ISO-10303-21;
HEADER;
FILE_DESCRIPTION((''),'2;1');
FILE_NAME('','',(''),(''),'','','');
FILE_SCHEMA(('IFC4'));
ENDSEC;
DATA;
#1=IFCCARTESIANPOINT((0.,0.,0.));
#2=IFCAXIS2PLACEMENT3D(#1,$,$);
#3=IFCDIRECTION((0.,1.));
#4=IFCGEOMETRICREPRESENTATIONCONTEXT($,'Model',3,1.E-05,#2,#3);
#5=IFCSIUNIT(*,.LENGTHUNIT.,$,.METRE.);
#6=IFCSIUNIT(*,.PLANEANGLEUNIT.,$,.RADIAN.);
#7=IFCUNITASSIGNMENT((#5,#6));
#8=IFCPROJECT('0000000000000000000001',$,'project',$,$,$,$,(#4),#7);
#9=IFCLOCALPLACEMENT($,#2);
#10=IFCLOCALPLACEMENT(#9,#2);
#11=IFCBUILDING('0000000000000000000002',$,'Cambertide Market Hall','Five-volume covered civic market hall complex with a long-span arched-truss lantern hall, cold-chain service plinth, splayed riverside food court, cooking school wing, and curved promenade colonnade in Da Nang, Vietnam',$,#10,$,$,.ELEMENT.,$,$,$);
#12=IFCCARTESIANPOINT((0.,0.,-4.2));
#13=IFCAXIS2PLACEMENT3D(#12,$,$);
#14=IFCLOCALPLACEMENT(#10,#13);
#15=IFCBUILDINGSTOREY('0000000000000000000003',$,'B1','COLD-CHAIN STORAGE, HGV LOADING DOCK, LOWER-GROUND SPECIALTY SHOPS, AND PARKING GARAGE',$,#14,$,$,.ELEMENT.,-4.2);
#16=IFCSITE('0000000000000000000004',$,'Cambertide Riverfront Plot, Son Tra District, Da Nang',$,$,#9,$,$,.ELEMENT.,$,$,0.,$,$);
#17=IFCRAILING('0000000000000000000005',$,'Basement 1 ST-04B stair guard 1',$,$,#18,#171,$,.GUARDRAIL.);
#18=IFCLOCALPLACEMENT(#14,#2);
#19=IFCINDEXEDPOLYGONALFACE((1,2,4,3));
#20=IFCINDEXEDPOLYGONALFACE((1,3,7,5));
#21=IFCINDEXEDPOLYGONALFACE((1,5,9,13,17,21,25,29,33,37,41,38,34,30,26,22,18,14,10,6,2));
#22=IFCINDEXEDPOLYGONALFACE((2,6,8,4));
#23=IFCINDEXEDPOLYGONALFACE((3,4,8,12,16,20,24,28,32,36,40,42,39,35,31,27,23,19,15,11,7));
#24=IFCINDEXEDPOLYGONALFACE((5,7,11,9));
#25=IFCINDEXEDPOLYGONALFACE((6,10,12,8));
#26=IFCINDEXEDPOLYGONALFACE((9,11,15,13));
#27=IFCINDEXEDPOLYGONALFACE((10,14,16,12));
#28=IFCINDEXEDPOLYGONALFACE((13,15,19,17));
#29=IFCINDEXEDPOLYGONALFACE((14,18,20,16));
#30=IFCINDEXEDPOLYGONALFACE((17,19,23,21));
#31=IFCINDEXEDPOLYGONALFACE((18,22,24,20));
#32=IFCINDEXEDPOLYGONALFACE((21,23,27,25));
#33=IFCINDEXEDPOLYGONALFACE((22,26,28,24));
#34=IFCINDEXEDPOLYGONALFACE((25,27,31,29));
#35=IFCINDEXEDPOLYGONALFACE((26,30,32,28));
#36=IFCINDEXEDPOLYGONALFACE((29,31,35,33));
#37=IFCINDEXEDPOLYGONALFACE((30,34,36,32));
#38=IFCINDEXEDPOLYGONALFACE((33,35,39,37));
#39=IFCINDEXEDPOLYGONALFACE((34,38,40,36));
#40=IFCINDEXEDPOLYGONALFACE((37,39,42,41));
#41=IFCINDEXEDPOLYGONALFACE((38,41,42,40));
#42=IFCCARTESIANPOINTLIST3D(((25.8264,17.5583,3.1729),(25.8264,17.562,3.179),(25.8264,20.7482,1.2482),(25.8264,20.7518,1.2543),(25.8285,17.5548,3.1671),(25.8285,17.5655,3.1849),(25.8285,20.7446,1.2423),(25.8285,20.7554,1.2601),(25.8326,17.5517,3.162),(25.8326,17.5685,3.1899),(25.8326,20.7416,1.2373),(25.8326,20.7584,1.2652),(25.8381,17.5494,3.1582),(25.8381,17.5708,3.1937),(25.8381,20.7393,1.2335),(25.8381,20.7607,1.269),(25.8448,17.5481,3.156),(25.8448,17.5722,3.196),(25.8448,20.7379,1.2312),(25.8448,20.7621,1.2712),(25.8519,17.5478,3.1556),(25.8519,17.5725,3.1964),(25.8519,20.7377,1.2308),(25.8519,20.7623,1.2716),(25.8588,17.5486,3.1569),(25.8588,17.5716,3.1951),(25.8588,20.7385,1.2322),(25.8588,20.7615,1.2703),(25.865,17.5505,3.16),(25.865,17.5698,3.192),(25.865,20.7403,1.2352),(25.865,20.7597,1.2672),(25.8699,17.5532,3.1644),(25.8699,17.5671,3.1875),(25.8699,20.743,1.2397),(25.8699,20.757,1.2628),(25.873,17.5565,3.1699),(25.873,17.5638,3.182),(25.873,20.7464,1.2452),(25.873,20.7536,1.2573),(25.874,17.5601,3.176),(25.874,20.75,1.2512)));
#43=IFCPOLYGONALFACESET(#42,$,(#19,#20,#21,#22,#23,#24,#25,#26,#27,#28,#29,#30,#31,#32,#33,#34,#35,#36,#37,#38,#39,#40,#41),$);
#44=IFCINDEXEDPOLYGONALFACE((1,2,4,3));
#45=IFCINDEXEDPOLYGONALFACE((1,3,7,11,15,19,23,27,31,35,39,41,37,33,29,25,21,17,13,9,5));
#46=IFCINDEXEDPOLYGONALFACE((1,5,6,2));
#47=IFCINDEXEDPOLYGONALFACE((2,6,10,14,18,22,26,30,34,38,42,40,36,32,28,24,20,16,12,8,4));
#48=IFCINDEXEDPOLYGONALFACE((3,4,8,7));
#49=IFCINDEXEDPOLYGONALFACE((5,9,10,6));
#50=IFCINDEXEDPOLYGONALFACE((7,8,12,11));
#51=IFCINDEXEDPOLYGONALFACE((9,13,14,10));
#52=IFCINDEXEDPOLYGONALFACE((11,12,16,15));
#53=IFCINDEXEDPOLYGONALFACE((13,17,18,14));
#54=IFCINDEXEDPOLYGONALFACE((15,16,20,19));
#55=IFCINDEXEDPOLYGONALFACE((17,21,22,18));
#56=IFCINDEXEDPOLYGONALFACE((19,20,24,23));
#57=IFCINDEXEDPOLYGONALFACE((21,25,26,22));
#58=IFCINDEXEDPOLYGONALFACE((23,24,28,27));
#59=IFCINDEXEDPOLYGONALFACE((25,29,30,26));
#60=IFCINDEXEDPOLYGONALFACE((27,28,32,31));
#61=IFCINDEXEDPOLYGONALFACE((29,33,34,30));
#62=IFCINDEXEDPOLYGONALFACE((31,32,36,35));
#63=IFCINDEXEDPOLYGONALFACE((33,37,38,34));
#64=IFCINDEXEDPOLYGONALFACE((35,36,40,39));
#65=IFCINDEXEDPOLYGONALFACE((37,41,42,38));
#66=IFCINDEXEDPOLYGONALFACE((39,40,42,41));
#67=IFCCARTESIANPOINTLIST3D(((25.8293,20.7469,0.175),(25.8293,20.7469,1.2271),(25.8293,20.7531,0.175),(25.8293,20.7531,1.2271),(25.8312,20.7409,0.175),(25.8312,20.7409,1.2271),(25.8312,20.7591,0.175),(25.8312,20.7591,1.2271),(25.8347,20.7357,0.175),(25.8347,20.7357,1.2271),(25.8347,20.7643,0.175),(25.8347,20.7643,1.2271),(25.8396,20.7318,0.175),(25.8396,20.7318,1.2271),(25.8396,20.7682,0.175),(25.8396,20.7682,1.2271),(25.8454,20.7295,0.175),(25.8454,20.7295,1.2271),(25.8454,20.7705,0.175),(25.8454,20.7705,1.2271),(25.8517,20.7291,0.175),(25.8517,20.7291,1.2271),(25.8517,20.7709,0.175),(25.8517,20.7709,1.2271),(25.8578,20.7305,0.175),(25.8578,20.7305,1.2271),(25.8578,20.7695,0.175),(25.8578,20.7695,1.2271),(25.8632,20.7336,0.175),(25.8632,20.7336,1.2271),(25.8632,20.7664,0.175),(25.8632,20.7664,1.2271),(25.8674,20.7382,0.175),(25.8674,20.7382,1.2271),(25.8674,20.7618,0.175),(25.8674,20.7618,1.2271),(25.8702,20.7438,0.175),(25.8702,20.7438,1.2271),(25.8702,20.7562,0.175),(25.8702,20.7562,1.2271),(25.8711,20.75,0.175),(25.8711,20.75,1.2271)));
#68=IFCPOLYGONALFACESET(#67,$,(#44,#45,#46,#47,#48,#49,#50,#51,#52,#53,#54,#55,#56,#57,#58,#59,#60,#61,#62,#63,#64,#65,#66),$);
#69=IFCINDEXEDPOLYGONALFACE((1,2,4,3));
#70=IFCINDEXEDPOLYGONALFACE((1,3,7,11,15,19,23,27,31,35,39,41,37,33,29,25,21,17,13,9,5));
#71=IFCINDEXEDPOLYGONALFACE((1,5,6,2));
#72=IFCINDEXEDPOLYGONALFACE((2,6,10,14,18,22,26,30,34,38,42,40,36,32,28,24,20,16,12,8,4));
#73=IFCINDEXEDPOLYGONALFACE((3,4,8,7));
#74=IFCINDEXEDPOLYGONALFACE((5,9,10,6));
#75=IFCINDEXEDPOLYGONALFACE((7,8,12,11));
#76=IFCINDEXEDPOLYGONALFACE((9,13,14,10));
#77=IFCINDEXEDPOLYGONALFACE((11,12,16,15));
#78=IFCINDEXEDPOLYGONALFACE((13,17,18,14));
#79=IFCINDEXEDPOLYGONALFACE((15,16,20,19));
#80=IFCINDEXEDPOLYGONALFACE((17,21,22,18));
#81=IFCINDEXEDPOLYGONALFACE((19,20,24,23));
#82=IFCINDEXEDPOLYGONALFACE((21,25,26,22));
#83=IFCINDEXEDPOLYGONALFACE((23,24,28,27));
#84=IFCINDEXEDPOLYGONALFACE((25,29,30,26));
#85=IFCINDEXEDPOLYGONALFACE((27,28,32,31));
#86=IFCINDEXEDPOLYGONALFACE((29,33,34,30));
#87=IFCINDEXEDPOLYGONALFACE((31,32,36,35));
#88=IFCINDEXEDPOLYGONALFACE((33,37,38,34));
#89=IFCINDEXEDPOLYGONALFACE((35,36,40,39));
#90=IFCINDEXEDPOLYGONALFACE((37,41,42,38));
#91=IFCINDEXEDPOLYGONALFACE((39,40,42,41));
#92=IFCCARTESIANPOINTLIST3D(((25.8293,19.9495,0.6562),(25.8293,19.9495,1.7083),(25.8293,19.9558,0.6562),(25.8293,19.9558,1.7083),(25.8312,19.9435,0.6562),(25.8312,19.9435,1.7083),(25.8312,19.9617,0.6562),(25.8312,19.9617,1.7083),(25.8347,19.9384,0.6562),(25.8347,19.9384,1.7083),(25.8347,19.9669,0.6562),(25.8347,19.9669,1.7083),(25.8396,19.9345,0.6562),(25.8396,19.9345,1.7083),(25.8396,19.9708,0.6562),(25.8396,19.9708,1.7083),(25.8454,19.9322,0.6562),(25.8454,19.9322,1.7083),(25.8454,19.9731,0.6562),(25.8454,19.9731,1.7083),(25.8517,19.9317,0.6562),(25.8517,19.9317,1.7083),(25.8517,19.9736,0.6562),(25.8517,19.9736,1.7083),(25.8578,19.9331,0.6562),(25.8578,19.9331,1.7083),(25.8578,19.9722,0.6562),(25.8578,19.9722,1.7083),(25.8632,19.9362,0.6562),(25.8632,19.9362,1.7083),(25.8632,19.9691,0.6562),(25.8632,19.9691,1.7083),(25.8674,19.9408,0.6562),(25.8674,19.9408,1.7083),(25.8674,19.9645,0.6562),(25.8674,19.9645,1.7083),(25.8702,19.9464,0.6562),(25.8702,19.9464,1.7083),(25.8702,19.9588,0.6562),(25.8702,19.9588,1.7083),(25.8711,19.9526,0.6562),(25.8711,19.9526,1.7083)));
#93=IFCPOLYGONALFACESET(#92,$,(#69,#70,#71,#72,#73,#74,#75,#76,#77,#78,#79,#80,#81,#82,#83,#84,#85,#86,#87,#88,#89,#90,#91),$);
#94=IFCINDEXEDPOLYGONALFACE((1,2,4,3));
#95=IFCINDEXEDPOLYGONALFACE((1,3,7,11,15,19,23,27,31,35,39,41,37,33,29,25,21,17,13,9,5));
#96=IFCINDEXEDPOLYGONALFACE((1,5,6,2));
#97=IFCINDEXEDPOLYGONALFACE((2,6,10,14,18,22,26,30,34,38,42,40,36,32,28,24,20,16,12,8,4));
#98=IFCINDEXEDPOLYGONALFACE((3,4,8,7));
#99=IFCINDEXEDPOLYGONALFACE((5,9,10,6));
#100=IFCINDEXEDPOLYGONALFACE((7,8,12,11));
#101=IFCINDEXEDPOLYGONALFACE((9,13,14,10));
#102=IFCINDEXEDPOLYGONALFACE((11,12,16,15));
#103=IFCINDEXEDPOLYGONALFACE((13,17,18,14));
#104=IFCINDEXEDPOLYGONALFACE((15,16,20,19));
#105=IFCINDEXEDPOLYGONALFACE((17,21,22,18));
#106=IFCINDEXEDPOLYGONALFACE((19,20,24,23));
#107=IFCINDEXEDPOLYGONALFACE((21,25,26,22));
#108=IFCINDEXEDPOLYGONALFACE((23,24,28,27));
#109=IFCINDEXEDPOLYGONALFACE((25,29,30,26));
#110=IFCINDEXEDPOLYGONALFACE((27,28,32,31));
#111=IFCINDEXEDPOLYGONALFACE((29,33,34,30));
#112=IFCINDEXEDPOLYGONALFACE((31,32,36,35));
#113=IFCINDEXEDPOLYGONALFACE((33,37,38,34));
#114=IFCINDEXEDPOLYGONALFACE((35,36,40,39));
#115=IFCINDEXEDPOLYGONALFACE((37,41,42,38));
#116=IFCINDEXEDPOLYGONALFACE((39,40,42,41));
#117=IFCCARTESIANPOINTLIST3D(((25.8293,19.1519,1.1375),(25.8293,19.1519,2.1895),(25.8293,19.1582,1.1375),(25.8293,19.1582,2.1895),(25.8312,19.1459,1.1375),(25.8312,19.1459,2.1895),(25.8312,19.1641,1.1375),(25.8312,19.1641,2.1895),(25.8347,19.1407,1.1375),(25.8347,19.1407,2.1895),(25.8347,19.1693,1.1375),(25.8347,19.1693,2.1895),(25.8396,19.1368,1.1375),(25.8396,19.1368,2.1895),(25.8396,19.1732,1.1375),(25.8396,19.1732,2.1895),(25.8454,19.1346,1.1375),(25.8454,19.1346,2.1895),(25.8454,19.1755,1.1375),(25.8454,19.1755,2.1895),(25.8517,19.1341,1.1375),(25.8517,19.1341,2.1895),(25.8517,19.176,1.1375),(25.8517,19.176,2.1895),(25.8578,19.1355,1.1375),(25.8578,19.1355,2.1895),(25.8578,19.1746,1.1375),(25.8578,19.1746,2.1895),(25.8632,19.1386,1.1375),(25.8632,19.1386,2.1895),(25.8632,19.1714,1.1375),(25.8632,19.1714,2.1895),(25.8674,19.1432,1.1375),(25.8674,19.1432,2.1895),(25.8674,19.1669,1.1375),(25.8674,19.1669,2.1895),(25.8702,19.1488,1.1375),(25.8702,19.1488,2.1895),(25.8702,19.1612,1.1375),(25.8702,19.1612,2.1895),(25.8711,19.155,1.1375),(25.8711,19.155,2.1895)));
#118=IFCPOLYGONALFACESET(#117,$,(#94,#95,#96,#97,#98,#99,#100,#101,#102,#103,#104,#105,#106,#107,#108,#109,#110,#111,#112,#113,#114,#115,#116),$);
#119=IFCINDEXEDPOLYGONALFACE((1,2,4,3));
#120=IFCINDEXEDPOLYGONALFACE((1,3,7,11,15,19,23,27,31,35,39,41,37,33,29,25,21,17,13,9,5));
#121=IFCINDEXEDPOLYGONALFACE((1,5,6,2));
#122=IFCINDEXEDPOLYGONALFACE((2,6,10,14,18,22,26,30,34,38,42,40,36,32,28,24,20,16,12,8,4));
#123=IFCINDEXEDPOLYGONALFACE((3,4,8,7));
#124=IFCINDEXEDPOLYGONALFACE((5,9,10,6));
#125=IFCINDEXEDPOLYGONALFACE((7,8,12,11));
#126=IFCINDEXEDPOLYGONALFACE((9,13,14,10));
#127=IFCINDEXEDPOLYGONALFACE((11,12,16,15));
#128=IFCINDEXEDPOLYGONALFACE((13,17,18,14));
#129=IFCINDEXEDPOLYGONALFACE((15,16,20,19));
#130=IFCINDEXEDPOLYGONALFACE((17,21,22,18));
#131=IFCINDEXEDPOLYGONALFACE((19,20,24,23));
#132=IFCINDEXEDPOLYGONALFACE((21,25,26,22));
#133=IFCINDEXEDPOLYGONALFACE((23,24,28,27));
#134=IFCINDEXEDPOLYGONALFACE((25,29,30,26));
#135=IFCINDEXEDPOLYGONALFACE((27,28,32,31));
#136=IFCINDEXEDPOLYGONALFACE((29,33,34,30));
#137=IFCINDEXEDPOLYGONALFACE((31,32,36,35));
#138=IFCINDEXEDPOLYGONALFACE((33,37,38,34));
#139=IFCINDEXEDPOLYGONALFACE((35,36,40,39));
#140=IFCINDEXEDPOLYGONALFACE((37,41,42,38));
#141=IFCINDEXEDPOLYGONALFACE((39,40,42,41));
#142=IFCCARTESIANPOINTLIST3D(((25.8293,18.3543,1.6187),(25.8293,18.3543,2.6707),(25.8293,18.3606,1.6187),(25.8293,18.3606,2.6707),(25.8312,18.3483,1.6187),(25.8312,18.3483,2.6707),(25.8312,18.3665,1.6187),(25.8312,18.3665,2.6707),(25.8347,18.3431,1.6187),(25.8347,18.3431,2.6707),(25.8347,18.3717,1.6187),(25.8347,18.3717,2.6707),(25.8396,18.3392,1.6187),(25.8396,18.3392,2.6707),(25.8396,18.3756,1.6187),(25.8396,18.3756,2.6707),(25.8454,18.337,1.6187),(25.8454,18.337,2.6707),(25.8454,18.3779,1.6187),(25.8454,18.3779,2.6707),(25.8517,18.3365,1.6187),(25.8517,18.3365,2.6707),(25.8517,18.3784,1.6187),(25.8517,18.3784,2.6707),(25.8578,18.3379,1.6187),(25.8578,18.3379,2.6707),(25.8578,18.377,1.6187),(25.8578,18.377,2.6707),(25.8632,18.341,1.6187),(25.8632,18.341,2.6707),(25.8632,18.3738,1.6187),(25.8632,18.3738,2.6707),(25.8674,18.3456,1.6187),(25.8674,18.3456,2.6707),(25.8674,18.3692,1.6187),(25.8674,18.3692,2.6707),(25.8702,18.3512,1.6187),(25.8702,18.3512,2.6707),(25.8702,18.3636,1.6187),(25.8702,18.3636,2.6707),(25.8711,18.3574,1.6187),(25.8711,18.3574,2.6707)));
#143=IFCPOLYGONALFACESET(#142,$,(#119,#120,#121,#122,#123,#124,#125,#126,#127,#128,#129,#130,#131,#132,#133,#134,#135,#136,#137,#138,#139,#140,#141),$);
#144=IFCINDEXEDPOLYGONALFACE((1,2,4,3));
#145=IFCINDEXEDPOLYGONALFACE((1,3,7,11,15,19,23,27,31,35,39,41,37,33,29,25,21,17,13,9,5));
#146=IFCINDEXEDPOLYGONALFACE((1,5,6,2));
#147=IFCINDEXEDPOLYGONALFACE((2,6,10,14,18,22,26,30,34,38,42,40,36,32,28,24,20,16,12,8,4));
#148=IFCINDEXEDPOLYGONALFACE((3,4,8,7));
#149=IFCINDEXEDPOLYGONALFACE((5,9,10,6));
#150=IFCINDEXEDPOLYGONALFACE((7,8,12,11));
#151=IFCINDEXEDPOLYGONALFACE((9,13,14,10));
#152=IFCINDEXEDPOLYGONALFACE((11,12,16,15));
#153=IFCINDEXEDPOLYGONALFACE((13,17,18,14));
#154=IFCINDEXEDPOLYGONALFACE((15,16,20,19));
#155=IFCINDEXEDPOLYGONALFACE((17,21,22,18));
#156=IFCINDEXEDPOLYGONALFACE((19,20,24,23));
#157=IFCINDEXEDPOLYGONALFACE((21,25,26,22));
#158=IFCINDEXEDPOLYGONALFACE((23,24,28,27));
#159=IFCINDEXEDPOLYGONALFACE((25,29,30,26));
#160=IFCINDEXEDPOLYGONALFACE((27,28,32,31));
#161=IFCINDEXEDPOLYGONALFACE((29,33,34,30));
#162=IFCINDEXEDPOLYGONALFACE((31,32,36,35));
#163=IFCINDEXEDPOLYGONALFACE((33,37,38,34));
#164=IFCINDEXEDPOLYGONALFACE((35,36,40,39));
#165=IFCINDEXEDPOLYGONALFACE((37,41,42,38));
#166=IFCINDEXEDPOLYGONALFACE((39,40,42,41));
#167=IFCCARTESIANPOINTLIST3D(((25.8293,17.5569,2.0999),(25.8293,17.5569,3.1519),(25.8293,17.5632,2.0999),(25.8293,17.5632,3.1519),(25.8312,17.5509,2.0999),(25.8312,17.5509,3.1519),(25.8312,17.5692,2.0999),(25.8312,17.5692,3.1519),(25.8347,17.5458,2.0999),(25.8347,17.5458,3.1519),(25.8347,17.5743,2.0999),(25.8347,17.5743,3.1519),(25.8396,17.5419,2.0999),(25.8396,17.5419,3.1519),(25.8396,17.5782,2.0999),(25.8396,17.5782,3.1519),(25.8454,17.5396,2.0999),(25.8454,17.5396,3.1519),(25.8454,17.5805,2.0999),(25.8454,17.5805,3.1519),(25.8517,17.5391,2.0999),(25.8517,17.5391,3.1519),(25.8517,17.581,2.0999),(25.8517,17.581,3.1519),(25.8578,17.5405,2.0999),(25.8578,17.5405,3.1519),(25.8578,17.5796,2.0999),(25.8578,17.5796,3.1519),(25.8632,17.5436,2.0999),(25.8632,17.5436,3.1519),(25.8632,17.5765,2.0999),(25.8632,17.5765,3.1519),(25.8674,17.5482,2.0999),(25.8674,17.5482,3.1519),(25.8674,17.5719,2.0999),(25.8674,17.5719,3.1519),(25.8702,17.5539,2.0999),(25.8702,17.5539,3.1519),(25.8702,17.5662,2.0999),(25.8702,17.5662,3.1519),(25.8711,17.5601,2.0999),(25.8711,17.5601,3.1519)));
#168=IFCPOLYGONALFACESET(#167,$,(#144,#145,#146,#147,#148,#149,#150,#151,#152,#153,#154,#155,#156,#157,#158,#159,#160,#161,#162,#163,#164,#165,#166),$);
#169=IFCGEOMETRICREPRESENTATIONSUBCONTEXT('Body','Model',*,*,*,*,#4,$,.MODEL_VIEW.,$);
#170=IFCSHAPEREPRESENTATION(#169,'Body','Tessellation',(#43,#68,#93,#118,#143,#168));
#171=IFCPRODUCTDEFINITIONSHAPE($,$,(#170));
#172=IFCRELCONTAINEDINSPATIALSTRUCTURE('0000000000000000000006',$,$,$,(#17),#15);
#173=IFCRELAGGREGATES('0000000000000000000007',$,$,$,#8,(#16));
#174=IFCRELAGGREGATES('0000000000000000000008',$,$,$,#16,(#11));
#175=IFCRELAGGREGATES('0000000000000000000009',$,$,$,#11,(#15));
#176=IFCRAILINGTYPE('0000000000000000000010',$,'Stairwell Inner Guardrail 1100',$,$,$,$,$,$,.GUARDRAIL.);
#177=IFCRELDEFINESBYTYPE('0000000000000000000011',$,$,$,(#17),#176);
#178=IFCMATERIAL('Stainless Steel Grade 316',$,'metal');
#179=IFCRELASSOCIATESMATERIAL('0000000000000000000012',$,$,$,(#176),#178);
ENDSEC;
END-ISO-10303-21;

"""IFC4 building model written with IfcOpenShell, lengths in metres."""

from ifc_helpers import new_model, si_unit, direction, frame, origin, origin_2d, place, context, subcontext, project, spatial, circle, extrude, material, type_object, element, save


model = new_model("IFC4")

# Units and contexts
model_context = context("Model", 3, precision=1e-05, world=origin(), true_north=direction((0.0, 1.0)))
body_context = subcontext(model_context, "Body", "Model", "MODEL_VIEW")
ifc_project = project(units=[si_unit("LENGTHUNIT", "METRE"), si_unit("PLANEANGLEUNIT", "RADIAN")], contexts=[model_context])

# Site, building, storey
site_placement = place(None, origin())
site = spatial("IfcSite", under=ifc_project, at=site_placement, Name="Cambertide Riverfront Plot, Son Tra District, Da Nang", CompositionType="ELEMENT", RefElevation=0.0)
building_placement = place(site_placement, origin())
building = spatial("IfcBuilding", under=site, at=building_placement, Name="Cambertide Market Hall", Description="Five-volume covered civic market hall complex with a long-span arched-truss lantern hall, cold-chain service plinth, splayed riverside food court, cooking school wing, and curved promenade colonnade in Da Nang, Vietnam", CompositionType="ELEMENT")
storey_placement = place(building_placement, frame((0.0, 0.0, -4.2)))
storey = spatial("IfcBuildingStorey", under=building, at=storey_placement, Name="B1", Description="COLD-CHAIN STORAGE, HGV LOADING DOCK, LOWER-GROUND SPECIALTY SHOPS, AND PARKING GARAGE", CompositionType="ELEMENT", Elevation=-4.2)

# Railing
ifc_material_1 = material(Name="Stainless Steel Grade 316", Category="metal")
railing_type_1 = type_object("IfcRailingType", Name="Stairwell Inner Guardrail 1100", PredefinedType="GUARDRAIL", material=ifc_material_1)
railing_1_placement = place(storey_placement, frame((25.8501, 20.75, 0.175)))
element("IfcRailing", 1, at=railing_1_placement, inside=storey, type_object=railing_type_1, Name="Basement 1 ST-04B stair guard 1", PredefinedType="GUARDRAIL", context=body_context, shape_type="SweptSolid", body=[
    extrude(circle(Radius=0.0239, at=origin_2d()), frame((0.0, 0.0, 1.0762), z_axis=(0.0, -0.856207, 0.516633), x_axis=(1.0, 0.0, 0.0)), (0.0, 0.0, 1.0), 3.7256),
    extrude(circle(Radius=0.021, at=origin_2d()), origin(), (0.0, 0.0, 1.0), 1.052),
    extrude(circle(Radius=0.021, at=origin_2d()), frame((0.0, -0.7974, 0.4812)), (0.0, 0.0, 1.0), 1.052),
    extrude(circle(Radius=0.021, at=origin_2d()), frame((0.0, -1.595, 0.9624)), (0.0, 0.0, 1.0), 1.052),
    extrude(circle(Radius=0.021, at=origin_2d()), frame((0.0, -2.3926, 1.4436)), (0.0, 0.0, 1.0), 1.052),
    extrude(circle(Radius=0.021, at=origin_2d()), frame((0.0, -3.1899, 1.9248)), (0.0, 0.0, 1.0), 1.052),
])

save(model, "model.ifc")
